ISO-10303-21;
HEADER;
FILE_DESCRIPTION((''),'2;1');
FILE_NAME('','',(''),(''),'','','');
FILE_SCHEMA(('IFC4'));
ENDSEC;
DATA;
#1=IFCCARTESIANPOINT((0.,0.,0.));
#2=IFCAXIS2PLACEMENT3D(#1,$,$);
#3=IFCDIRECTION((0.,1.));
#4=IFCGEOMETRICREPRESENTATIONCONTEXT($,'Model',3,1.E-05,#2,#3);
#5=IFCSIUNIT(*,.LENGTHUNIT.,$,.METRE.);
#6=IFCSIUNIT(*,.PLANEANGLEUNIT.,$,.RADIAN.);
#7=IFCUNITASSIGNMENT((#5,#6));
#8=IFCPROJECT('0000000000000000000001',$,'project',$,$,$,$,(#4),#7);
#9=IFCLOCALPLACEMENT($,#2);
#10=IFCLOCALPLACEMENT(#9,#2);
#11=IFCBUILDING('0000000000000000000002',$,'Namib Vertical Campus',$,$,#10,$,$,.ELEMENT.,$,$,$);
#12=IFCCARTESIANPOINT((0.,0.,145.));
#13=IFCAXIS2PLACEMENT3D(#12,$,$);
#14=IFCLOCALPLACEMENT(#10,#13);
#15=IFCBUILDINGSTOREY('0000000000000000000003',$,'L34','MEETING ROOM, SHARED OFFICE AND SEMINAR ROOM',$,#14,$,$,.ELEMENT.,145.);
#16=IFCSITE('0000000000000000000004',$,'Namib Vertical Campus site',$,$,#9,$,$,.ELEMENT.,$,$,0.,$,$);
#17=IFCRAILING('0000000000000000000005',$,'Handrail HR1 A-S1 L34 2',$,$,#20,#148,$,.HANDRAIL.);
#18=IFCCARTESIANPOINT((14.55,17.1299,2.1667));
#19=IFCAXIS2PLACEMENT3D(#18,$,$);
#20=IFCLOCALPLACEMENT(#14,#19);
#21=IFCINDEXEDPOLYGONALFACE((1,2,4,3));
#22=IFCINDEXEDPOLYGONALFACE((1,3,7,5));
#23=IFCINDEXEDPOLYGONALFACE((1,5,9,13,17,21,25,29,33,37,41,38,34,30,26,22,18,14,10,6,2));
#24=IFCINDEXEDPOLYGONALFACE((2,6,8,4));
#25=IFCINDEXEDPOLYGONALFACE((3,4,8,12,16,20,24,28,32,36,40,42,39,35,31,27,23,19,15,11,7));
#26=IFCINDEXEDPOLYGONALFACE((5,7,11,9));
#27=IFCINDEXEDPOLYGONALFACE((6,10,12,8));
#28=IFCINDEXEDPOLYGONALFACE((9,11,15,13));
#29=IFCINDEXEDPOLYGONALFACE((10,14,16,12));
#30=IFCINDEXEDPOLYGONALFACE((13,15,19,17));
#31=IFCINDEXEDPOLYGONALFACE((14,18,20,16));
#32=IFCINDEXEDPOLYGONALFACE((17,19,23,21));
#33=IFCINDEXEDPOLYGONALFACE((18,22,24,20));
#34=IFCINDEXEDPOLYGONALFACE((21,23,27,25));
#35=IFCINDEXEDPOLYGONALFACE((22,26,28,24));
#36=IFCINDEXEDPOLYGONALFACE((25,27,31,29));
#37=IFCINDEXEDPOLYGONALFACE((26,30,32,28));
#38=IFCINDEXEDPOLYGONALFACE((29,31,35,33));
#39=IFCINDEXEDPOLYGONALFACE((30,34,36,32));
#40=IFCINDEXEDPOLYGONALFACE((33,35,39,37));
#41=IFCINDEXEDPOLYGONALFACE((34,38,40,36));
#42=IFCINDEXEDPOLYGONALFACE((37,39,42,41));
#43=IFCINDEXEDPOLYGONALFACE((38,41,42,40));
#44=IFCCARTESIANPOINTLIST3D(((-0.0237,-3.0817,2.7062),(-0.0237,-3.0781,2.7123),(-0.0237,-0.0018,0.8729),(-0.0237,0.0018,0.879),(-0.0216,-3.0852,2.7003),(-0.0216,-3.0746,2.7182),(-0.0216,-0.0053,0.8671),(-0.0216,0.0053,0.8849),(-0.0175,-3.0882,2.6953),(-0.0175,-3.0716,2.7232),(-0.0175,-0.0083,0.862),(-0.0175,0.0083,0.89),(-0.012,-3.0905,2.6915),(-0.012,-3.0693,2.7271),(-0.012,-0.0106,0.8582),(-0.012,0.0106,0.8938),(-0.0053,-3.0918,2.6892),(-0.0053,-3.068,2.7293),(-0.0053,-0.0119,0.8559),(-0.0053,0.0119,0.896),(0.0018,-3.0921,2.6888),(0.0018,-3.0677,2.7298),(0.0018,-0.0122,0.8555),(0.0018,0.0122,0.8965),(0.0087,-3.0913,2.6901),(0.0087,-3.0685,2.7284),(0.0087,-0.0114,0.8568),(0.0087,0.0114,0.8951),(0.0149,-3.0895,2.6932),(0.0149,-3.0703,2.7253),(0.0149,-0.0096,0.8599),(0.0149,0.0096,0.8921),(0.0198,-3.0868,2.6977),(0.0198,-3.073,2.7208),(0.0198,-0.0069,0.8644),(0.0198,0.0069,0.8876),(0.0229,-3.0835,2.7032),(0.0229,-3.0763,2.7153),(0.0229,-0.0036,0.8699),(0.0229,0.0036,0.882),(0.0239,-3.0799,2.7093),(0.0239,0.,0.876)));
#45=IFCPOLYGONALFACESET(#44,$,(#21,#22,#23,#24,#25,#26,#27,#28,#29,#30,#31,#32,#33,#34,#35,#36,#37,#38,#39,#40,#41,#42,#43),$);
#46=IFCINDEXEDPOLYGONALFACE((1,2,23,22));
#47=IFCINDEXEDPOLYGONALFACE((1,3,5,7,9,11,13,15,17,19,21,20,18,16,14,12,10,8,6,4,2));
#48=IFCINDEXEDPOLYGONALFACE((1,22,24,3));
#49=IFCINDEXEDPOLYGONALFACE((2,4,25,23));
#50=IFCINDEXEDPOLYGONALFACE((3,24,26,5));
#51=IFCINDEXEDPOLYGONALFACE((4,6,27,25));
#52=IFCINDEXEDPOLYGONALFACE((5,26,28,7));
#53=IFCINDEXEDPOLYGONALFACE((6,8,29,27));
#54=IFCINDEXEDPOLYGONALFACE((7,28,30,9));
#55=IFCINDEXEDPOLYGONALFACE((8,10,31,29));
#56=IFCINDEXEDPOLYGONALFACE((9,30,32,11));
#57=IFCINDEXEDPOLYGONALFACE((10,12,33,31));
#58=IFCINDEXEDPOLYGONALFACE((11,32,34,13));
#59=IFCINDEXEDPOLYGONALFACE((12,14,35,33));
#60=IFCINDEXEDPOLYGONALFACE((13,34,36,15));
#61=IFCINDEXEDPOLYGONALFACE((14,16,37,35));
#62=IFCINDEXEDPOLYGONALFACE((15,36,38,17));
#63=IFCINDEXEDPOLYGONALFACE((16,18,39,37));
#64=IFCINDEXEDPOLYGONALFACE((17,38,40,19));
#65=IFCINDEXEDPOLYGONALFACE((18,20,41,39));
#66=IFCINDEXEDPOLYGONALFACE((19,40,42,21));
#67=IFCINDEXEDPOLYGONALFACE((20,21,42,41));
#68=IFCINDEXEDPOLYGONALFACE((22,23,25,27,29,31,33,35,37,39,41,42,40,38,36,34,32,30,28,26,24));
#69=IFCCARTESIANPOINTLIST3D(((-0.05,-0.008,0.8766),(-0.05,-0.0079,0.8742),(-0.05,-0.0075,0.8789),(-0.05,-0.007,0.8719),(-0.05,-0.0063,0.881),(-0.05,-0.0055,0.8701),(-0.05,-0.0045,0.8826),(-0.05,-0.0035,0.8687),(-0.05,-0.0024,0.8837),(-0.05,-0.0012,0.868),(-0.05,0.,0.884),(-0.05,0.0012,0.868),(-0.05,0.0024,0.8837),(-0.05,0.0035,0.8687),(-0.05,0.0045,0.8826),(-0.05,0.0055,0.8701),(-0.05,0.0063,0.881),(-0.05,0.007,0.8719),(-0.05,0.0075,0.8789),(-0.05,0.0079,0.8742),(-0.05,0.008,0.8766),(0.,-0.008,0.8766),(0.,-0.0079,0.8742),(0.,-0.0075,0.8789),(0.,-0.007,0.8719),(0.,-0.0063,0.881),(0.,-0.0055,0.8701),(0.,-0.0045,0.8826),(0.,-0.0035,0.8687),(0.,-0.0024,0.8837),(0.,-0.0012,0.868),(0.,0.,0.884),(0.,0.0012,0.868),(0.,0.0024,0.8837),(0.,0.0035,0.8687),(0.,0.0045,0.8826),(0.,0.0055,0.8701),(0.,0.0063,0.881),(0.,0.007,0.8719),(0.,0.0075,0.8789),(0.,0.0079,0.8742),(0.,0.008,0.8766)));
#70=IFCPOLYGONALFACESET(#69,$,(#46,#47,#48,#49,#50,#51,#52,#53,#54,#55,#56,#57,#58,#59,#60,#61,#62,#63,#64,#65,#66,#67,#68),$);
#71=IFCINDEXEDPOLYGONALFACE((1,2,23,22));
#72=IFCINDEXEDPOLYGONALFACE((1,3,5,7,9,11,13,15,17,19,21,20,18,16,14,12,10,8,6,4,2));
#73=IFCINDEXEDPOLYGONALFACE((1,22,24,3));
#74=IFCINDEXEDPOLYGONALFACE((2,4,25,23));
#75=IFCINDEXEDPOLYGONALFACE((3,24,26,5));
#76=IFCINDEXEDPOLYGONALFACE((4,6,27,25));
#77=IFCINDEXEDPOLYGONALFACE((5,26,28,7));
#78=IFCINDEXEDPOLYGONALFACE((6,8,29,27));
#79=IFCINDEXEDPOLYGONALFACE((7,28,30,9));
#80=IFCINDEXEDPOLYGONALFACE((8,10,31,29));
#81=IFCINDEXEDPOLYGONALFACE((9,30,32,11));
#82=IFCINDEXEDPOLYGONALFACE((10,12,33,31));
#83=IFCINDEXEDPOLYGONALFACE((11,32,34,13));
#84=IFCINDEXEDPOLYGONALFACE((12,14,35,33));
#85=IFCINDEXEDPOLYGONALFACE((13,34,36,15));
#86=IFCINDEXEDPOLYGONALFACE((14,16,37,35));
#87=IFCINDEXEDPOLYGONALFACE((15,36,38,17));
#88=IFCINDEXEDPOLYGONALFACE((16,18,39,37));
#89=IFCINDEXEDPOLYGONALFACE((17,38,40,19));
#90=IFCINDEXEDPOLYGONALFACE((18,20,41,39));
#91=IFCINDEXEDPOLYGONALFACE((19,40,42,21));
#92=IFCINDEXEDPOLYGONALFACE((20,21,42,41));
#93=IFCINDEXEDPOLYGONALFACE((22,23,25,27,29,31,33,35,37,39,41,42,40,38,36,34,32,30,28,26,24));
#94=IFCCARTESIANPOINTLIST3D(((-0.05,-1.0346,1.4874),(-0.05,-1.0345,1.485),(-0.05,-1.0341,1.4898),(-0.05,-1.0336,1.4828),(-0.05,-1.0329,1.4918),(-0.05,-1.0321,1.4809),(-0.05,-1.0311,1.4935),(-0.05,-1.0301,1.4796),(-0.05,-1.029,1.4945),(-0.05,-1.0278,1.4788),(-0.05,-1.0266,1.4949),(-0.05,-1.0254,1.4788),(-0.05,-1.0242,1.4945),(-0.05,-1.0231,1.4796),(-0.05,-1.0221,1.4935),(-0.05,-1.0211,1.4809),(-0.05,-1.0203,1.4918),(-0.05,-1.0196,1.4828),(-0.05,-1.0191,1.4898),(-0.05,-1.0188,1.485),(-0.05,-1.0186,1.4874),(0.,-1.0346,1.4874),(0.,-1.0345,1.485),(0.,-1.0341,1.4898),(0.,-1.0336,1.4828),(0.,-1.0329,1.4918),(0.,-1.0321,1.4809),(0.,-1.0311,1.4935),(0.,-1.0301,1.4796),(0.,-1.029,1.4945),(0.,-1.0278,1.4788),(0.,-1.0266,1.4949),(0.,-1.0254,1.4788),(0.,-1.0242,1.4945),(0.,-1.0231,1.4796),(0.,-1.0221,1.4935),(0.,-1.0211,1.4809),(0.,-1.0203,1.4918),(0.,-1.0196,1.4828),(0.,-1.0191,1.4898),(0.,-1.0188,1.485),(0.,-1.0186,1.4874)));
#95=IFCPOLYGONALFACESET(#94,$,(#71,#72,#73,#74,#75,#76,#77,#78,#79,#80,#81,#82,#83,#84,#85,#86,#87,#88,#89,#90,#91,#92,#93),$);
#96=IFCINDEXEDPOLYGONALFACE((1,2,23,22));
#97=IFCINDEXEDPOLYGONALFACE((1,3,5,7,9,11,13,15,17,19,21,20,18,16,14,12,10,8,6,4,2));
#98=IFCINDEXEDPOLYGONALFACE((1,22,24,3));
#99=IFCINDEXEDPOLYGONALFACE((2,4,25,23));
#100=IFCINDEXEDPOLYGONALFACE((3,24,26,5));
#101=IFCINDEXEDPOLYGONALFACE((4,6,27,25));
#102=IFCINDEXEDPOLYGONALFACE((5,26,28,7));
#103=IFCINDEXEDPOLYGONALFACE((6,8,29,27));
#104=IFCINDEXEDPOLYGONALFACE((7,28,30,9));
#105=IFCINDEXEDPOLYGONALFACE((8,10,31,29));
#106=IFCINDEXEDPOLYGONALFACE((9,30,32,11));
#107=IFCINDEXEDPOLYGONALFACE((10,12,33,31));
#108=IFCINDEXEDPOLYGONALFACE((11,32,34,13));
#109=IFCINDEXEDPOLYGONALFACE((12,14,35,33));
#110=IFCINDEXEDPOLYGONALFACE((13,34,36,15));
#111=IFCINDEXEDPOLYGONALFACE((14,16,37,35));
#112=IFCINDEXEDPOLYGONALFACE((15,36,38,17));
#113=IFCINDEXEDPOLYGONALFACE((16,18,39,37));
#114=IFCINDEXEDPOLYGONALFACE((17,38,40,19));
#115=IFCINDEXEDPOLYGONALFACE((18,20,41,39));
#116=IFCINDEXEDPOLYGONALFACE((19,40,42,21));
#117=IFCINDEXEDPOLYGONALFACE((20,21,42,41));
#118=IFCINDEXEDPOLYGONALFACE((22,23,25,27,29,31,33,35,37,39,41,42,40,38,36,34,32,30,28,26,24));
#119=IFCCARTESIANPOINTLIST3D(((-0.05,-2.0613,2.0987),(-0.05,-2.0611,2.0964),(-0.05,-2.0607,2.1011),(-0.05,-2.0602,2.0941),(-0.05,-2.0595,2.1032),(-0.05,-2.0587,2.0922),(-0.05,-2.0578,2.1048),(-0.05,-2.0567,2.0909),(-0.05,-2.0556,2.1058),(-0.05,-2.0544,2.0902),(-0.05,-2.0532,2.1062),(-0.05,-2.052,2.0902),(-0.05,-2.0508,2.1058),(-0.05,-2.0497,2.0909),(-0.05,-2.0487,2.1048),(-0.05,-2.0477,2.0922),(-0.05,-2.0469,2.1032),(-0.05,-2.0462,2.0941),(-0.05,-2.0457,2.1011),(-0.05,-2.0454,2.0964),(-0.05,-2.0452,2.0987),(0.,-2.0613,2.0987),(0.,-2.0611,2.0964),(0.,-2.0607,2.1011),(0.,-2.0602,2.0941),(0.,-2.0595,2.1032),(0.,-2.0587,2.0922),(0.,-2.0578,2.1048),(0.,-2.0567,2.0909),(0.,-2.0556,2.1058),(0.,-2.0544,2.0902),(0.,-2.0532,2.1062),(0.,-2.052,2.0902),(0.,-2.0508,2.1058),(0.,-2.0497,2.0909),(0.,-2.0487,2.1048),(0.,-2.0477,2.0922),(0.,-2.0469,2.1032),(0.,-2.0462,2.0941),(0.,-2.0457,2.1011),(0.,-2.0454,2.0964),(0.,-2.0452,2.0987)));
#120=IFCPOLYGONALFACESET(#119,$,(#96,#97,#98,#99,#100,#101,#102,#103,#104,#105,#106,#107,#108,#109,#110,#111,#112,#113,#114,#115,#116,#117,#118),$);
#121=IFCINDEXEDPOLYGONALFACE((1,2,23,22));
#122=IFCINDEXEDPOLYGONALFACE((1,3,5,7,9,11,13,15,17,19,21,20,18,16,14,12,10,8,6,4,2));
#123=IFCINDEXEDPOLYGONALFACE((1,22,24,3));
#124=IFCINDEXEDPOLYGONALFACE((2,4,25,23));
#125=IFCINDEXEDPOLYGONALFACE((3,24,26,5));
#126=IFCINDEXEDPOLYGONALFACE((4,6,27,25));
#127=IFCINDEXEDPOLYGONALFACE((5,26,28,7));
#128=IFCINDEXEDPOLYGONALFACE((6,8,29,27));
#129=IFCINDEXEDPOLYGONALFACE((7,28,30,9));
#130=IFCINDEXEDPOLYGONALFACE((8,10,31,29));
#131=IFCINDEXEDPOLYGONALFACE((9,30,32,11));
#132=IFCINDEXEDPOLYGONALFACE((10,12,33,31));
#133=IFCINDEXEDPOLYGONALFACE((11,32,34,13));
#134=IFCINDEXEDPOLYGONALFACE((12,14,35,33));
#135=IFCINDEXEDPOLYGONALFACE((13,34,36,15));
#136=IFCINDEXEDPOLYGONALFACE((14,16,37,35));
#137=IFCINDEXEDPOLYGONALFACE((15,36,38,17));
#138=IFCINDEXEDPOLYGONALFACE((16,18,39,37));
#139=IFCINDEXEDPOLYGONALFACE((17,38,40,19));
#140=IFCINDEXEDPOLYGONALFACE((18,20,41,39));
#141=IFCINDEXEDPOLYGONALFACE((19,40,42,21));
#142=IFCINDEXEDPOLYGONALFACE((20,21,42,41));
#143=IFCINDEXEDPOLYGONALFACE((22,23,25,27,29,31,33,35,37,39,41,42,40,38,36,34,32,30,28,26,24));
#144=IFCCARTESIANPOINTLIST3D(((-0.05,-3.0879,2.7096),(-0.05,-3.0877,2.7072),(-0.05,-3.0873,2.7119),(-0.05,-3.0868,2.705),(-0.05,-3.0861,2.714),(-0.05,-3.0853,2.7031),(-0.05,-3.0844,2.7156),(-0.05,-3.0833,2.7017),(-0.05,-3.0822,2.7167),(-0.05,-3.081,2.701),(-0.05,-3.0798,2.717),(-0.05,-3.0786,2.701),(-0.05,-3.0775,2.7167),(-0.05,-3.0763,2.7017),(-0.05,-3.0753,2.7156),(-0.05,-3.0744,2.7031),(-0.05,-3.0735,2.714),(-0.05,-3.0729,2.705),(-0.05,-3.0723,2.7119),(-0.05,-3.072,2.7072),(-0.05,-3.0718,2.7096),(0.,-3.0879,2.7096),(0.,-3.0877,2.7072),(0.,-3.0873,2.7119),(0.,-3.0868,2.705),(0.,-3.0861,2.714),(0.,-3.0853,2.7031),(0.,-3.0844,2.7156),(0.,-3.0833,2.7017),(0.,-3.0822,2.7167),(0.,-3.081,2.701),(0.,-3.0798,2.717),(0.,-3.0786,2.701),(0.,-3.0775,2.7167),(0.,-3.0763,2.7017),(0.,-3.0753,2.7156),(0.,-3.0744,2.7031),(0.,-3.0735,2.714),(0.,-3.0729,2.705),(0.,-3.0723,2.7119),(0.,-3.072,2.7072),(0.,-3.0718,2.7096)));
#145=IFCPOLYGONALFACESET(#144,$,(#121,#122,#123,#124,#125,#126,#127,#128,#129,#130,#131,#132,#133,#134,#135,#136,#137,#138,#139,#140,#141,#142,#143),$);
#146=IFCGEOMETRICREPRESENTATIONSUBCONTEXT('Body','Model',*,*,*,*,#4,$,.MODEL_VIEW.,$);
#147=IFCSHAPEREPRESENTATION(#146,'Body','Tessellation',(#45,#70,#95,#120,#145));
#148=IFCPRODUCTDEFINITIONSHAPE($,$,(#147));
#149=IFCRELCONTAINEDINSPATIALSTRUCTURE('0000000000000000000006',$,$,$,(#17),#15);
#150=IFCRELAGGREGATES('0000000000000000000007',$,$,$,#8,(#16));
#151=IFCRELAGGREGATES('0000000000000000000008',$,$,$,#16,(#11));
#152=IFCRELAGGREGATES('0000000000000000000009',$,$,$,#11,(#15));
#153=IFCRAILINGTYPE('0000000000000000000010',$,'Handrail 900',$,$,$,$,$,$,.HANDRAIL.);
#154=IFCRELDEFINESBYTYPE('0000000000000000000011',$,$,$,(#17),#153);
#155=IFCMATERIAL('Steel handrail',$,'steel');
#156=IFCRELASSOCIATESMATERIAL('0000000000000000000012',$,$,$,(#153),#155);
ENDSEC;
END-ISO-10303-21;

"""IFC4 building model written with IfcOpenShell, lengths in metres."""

from ifc_helpers import new_model, si_unit, direction, frame, origin, origin_2d, place, context, subcontext, project, spatial, circle, extrude, material, type_object, element, save


model = new_model("IFC4")

# Units and contexts
model_context = context("Model", 3, precision=1e-05, world=origin(), true_north=direction((0.0, 1.0)))
body_context = subcontext(model_context, "Body", "Model", "MODEL_VIEW")
ifc_project = project(units=[si_unit("LENGTHUNIT", "METRE"), si_unit("PLANEANGLEUNIT", "RADIAN")], contexts=[model_context])

# Site, building, storey
site_placement = place(None, origin())
site = spatial("IfcSite", under=ifc_project, at=site_placement, Name="Namib Vertical Campus site", CompositionType="ELEMENT", RefElevation=0.0)
building_placement = place(site_placement, origin())
building = spatial("IfcBuilding", under=site, at=building_placement, Name="Namib Vertical Campus", CompositionType="ELEMENT")
storey_placement = place(building_placement, frame((0.0, 0.0, 145.0)))
storey = spatial("IfcBuildingStorey", under=building, at=storey_placement, Name="L34", Description="MEETING ROOM, SHARED OFFICE AND SEMINAR ROOM", CompositionType="ELEMENT", Elevation=145.0)

# Railing
ifc_material_1 = material(Name="Steel handrail", Category="steel")
railing_type_1 = type_object("IfcRailingType", Name="Handrail 900", PredefinedType="HANDRAIL", material=ifc_material_1)
railing_1_placement = place(storey_placement, frame((14.55, 17.1299, 2.1667)))
element("IfcRailing", 1, at=railing_1_placement, inside=storey, type_object=railing_type_1, Name="Handrail HR1 A-S1 L34 2", PredefinedType="HANDRAIL", context=body_context, shape_type="SweptSolid", body=[
    extrude(circle(Radius=0.0239, at=origin_2d()), frame((0.0, 0.0, 0.876), z_axis=(0.0, -0.859291, 0.511487), x_axis=(1.0, 0.0, 0.0)), (0.0, 0.0, 1.0), 3.5842),
    extrude(circle(Radius=0.0081, at=origin_2d()), frame((0.0, 0.0, 0.876), z_axis=(-1.0, 0.0, 0.0), x_axis=(0.0, 0.0, 1.0)), (0.0, 0.0, 1.0), 0.05),
    extrude(circle(Radius=0.0081, at=origin_2d()), frame((0.0, -1.0266, 1.4868), z_axis=(-1.0, 0.0, 0.0), x_axis=(0.0, 0.0, 1.0)), (0.0, 0.0, 1.0), 0.05),
    extrude(circle(Radius=0.0081, at=origin_2d()), frame((0.0, -2.0532, 2.0981), z_axis=(-1.0, 0.0, 0.0), x_axis=(0.0, 0.0, 1.0)), (0.0, 0.0, 1.0), 0.05),
    extrude(circle(Radius=0.0081, at=origin_2d()), frame((0.0, -3.0798, 2.709), z_axis=(-1.0, 0.0, 0.0), x_axis=(0.0, 0.0, 1.0)), (0.0, 0.0, 1.0), 0.05),
])

save(model, "model.ifc")
